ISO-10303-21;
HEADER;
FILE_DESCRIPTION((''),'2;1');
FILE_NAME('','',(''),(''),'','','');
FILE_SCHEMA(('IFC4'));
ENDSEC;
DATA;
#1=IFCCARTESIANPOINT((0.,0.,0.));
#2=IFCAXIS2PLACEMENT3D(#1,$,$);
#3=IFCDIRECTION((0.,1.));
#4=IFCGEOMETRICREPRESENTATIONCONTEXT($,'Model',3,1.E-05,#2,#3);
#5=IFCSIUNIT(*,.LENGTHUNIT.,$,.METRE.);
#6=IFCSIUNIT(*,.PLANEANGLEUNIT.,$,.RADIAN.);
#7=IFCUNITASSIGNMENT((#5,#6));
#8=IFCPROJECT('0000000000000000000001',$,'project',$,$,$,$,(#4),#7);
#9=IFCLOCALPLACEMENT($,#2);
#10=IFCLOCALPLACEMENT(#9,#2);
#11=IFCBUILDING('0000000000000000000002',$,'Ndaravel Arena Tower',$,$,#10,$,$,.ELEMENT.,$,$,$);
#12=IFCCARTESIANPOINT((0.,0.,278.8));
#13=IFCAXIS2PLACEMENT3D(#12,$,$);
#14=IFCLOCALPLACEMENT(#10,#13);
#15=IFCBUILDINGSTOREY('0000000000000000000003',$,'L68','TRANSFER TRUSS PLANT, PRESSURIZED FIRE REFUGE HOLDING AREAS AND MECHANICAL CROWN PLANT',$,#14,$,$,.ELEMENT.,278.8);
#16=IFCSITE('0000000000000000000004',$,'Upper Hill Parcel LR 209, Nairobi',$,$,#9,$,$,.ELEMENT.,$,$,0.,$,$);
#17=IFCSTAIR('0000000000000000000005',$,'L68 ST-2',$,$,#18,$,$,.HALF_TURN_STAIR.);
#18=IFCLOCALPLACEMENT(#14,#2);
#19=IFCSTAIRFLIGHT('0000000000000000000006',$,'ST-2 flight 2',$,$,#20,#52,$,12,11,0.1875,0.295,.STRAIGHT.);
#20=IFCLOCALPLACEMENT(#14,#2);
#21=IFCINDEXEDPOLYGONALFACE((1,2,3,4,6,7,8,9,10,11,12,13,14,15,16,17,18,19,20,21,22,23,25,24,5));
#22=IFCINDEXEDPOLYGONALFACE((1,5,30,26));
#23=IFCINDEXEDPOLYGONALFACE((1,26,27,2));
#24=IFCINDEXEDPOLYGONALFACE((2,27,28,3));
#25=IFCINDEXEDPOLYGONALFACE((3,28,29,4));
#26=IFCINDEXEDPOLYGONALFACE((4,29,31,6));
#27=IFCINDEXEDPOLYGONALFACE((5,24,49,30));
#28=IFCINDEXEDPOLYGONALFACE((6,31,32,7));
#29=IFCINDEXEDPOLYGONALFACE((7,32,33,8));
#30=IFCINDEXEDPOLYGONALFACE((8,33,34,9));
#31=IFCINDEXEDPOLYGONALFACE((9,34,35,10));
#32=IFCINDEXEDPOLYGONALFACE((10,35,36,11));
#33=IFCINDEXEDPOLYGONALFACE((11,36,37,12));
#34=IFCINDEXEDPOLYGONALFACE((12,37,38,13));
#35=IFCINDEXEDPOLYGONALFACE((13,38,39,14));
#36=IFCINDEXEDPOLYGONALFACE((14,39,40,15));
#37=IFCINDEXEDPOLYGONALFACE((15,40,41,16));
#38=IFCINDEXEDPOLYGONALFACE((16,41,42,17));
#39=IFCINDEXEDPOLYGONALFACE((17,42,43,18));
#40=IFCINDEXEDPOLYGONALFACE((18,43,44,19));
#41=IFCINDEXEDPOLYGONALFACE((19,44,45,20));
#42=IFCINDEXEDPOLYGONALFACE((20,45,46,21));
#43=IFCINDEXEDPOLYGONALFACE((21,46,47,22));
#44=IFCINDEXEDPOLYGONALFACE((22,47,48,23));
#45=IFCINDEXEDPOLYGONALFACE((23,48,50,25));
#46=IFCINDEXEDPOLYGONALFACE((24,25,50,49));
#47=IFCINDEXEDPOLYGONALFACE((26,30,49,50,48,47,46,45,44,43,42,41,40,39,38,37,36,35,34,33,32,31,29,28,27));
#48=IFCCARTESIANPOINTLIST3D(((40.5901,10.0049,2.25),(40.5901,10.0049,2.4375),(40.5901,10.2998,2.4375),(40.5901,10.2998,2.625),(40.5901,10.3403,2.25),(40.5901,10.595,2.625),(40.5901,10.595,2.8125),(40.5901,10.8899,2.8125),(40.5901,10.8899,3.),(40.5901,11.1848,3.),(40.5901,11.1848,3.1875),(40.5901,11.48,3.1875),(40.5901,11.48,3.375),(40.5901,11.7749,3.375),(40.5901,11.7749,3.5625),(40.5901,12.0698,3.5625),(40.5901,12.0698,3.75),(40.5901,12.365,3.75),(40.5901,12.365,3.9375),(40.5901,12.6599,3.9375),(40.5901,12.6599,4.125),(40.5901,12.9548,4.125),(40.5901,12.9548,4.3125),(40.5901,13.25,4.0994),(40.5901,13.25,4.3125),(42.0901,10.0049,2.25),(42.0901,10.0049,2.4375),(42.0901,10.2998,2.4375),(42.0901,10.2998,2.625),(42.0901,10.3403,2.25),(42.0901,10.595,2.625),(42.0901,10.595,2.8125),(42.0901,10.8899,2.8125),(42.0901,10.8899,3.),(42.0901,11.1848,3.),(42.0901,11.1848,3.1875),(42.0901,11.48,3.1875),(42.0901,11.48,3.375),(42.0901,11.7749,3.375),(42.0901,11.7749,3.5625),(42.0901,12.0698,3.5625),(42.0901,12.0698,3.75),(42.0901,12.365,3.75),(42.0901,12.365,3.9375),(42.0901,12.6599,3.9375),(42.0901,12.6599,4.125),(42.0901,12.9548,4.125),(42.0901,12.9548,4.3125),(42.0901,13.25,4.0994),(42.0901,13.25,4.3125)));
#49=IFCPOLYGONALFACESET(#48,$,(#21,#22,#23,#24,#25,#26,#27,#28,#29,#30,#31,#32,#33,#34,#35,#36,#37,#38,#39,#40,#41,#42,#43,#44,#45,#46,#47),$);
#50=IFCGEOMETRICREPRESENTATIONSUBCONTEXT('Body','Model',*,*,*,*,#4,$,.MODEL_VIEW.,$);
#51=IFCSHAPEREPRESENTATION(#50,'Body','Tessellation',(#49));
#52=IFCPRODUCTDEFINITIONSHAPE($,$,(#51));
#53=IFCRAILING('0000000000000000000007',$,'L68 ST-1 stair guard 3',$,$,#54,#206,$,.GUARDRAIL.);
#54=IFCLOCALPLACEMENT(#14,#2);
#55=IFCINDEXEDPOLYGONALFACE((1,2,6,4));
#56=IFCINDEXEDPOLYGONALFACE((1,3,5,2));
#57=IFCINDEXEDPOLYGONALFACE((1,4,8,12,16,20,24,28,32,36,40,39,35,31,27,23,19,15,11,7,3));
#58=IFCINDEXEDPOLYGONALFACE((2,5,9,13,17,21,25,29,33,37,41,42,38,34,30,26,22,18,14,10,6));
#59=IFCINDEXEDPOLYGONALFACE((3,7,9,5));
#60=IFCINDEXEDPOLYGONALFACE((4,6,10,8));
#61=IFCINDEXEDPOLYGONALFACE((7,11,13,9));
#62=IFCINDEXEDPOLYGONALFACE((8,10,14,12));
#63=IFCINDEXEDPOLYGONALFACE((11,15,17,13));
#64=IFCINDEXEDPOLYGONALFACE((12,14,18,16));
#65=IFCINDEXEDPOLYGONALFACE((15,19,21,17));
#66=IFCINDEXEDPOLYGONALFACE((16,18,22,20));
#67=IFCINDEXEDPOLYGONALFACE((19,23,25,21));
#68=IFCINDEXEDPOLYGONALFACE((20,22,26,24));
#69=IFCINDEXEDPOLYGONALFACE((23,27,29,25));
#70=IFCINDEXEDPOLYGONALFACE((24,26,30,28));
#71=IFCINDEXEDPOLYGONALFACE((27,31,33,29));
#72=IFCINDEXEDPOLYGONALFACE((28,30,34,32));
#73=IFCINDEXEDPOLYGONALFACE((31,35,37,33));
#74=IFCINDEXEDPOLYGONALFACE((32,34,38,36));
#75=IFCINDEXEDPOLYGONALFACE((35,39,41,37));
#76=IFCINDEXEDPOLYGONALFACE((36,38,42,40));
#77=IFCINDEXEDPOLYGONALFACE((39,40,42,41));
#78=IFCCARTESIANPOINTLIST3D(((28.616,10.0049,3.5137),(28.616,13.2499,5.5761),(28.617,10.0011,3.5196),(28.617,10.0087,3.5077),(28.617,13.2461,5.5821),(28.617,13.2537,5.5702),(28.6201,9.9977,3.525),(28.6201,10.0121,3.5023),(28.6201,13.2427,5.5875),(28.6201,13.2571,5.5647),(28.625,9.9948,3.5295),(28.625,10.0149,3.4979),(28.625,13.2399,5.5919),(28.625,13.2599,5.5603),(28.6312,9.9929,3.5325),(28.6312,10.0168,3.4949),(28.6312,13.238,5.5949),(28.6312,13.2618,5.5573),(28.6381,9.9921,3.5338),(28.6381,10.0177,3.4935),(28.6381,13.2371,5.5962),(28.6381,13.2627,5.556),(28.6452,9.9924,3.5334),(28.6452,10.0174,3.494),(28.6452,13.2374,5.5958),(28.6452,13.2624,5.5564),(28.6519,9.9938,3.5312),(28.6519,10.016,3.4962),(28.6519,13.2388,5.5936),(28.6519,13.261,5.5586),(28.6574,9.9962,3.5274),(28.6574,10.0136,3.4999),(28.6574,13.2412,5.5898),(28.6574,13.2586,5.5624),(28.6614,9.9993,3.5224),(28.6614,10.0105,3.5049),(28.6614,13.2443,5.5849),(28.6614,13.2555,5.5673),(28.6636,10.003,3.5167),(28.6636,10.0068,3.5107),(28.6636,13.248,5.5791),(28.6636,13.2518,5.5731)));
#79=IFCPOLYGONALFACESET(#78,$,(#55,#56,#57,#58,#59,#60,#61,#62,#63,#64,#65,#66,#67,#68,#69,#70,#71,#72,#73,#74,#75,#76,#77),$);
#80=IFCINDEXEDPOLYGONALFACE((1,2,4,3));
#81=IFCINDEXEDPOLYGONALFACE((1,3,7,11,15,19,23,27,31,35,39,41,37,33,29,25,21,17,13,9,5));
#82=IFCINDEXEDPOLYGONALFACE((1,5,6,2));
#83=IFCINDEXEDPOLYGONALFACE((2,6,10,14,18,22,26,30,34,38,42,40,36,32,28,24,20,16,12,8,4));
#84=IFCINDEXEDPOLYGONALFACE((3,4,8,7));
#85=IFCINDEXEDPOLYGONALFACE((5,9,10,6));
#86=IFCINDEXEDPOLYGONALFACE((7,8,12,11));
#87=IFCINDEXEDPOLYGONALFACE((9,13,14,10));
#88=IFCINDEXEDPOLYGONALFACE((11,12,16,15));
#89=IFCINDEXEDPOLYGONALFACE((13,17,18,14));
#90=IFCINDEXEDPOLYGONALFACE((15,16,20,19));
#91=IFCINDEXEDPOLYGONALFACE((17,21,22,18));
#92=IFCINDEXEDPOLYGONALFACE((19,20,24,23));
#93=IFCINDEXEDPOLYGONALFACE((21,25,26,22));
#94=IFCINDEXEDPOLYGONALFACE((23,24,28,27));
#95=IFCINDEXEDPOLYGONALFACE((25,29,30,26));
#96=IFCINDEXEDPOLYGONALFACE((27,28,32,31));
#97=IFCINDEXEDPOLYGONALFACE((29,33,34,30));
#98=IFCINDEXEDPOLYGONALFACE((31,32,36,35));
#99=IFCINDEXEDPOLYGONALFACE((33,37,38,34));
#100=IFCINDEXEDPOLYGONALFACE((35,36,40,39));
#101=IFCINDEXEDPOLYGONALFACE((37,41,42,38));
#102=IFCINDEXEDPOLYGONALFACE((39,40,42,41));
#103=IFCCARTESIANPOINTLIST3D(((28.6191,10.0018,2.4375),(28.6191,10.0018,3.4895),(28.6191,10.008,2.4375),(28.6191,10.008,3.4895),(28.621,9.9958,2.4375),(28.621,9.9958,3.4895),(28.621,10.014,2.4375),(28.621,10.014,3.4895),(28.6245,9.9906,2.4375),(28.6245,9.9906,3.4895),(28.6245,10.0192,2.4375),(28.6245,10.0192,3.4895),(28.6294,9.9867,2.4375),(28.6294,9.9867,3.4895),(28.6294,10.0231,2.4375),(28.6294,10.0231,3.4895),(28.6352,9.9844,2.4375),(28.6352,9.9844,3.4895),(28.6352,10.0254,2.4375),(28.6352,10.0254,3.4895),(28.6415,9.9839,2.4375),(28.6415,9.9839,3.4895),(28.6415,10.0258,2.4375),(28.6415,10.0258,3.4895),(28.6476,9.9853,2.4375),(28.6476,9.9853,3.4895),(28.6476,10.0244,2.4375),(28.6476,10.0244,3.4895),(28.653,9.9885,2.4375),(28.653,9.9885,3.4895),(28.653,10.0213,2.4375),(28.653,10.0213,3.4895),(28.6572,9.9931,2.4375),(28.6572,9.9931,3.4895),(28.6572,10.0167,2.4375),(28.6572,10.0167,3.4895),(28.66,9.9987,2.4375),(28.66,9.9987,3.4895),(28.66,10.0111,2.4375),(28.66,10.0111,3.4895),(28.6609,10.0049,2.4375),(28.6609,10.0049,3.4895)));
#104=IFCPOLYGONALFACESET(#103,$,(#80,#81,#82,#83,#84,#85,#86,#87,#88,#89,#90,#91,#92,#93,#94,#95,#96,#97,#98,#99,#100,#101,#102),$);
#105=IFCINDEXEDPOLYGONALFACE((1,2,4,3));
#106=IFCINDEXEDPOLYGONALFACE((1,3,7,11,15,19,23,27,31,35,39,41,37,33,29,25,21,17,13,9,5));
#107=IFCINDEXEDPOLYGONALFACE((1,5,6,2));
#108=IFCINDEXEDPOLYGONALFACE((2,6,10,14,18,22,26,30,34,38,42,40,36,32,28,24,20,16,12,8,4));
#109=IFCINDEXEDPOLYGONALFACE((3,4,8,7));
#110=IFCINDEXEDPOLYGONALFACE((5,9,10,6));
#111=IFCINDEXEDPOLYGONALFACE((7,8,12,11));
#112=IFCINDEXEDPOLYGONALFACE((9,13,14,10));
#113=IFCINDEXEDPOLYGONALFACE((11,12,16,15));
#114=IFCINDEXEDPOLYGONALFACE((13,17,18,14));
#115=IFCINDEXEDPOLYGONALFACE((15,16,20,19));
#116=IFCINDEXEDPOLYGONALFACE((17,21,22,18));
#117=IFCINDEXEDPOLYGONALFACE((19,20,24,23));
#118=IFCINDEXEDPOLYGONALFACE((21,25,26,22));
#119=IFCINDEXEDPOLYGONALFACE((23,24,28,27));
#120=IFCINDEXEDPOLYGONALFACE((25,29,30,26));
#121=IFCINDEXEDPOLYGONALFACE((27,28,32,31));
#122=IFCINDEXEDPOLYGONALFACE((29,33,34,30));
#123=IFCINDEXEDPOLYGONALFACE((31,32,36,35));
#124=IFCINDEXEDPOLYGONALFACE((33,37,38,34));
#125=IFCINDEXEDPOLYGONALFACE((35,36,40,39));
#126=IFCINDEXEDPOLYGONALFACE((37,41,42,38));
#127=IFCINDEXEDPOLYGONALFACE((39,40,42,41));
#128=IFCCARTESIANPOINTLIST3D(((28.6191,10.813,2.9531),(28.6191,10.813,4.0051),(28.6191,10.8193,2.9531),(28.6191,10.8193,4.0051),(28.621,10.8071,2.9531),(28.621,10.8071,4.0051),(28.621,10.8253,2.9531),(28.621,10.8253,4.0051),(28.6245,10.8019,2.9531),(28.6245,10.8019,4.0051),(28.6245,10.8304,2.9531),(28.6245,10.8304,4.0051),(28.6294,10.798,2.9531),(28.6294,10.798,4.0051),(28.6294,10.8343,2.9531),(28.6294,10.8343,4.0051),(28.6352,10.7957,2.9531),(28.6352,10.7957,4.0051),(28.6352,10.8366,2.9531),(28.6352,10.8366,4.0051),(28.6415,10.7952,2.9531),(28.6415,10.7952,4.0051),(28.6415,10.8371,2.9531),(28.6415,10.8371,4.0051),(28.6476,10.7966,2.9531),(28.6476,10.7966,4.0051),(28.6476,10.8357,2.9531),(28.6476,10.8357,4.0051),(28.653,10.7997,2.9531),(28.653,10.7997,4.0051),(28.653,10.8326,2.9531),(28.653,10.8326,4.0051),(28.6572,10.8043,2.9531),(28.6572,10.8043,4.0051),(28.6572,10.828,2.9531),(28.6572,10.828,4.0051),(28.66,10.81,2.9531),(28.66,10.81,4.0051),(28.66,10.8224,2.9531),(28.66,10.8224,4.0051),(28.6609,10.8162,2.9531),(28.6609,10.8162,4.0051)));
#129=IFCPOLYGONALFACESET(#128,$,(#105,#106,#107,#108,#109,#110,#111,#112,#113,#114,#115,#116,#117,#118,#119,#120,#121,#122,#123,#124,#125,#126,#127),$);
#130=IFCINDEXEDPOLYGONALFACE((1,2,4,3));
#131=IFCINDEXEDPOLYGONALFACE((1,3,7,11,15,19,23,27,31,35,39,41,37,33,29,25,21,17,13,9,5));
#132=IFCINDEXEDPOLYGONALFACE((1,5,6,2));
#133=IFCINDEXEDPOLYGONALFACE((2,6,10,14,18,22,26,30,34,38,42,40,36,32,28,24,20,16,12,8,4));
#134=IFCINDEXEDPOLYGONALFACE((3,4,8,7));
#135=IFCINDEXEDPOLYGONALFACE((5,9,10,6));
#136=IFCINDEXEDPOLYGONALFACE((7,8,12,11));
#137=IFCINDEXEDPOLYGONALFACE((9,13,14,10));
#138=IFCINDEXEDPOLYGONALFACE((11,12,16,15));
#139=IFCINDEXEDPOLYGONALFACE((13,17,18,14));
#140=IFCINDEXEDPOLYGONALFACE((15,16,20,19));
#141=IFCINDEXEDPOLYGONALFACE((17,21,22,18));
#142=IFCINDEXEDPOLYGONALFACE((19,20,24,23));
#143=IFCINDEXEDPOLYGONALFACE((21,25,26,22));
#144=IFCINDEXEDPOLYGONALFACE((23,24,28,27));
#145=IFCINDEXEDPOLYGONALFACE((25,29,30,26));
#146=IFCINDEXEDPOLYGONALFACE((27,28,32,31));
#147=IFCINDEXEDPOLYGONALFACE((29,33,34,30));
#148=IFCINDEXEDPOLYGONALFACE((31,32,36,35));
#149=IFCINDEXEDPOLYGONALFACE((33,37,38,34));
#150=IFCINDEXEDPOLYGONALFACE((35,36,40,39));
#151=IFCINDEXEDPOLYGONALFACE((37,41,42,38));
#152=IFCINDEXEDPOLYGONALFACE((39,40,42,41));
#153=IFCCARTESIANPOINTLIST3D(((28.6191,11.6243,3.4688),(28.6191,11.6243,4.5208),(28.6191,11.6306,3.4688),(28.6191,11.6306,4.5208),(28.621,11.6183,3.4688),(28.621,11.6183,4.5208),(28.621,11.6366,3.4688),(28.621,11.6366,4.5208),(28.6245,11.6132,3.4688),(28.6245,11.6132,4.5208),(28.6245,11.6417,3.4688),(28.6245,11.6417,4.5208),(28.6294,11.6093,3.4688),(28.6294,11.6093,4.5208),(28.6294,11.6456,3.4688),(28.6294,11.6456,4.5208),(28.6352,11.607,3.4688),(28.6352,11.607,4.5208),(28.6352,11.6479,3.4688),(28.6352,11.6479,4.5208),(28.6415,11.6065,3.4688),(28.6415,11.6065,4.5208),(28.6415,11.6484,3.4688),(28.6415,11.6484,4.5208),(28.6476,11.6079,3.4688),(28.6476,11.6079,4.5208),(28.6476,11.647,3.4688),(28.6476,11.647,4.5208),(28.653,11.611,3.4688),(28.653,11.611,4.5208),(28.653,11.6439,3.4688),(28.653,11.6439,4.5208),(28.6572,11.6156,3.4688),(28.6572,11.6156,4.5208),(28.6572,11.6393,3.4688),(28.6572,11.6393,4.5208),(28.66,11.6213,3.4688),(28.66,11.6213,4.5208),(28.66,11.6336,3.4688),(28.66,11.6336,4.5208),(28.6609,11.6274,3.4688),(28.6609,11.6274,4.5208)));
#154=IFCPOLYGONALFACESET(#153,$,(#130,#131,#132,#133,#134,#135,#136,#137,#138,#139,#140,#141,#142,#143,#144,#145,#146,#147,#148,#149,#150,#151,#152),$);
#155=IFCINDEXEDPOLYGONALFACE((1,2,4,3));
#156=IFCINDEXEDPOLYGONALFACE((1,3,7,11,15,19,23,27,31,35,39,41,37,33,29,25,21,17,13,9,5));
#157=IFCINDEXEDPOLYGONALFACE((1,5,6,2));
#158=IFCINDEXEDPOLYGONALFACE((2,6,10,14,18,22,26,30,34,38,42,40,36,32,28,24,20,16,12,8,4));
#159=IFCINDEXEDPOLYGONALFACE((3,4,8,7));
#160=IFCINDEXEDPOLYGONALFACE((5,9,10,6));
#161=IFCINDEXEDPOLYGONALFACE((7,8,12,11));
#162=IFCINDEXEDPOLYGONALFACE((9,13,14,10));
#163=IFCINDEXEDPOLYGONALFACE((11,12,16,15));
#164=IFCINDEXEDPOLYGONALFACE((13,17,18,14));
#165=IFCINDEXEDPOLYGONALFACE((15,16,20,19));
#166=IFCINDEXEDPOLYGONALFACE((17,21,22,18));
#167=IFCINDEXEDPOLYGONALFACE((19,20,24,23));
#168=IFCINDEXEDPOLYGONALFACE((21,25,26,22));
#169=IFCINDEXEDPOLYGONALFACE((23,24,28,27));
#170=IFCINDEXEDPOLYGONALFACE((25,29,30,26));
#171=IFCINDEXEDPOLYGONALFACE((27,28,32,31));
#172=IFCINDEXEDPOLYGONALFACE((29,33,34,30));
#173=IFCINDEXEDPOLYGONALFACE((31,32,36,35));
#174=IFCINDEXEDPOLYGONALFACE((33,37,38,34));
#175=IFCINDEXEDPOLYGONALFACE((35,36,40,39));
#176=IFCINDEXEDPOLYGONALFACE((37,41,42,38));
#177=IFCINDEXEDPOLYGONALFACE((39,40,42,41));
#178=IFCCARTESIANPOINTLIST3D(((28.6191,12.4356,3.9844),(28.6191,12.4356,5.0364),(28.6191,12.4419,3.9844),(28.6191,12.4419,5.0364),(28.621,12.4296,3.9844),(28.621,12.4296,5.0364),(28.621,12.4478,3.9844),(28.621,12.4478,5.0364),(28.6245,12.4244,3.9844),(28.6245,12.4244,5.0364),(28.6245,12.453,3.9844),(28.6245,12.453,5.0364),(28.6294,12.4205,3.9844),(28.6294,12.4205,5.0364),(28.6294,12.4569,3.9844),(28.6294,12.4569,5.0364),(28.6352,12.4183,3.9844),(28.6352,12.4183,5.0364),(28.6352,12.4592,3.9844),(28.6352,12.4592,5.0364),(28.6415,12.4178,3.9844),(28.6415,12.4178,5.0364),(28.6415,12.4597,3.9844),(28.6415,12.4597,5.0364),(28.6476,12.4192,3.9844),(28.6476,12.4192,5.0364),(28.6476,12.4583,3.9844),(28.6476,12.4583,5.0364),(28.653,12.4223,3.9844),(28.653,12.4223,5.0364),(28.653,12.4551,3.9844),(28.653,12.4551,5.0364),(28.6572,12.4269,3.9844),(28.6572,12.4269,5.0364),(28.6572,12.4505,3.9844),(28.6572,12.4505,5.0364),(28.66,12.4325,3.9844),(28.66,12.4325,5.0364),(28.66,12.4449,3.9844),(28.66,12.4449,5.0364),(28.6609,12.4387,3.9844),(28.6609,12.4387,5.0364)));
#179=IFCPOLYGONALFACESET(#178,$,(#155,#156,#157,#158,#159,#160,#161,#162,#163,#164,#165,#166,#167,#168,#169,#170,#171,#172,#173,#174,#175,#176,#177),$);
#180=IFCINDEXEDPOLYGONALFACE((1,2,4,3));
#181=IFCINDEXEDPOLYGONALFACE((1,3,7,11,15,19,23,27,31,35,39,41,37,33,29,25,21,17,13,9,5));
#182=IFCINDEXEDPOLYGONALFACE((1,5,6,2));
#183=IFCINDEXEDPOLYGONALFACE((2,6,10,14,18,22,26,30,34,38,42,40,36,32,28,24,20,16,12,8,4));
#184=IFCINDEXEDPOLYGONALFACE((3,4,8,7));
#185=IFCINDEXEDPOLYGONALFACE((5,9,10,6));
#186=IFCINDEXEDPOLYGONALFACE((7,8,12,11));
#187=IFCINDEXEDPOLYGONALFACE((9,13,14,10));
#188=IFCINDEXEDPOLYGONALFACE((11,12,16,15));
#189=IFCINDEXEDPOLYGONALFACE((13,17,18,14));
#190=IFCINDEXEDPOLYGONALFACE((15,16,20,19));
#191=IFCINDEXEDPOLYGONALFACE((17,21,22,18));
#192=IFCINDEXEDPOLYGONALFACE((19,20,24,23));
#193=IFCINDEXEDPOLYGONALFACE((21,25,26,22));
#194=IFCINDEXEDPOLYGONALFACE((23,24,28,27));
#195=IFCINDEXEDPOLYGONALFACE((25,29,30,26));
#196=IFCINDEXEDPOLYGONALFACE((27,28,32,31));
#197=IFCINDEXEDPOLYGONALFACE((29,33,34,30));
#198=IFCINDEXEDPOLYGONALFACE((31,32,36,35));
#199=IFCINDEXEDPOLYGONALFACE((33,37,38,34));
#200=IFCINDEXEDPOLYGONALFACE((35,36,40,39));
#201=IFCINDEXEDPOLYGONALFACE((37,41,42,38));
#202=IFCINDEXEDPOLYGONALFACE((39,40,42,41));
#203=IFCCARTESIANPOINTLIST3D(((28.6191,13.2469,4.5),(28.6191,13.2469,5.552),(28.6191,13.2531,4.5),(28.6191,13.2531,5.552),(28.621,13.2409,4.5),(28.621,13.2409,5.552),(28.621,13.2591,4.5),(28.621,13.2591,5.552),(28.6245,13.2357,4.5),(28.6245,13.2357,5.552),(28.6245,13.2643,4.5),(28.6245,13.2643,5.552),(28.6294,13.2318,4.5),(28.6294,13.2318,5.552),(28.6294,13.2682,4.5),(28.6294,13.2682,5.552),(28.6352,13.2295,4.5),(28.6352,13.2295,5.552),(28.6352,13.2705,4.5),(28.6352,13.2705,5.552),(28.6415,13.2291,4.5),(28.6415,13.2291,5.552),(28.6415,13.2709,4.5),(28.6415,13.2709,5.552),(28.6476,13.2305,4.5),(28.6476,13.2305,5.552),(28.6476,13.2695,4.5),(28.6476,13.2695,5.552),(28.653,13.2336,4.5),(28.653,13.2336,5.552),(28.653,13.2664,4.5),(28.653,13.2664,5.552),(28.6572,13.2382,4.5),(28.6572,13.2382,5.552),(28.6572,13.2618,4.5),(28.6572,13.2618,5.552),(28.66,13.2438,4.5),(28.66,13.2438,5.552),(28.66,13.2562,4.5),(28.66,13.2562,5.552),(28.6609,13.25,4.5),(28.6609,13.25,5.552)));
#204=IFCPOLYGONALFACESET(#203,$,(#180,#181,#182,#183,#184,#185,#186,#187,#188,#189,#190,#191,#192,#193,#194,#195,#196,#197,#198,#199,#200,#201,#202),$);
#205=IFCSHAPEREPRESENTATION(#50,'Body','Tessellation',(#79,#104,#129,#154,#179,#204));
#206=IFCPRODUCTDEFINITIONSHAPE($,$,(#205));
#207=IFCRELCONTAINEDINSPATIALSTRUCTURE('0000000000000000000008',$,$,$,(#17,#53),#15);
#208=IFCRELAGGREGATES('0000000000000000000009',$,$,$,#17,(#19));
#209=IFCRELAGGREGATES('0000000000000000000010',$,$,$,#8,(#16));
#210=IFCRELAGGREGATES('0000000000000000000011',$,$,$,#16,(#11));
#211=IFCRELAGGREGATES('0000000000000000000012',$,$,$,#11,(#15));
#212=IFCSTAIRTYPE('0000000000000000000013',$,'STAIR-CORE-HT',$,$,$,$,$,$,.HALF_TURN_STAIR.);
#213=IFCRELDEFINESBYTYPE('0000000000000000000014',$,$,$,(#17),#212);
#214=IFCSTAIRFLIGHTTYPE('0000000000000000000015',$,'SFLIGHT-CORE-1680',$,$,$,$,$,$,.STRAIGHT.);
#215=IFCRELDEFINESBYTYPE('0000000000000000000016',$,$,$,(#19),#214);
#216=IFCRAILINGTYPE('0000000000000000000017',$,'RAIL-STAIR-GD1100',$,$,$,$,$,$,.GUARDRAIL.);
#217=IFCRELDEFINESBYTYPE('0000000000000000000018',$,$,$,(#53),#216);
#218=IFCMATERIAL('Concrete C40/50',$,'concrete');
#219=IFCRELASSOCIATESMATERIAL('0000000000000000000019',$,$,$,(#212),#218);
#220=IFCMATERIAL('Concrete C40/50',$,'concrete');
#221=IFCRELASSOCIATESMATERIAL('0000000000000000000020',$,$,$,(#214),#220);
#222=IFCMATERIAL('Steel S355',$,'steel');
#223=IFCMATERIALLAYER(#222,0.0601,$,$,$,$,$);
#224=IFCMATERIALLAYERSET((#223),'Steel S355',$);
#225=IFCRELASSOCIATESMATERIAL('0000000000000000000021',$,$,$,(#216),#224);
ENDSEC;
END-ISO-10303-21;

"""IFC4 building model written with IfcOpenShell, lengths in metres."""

from ifc_helpers import new_model, si_unit, direction, frame, origin, origin_2d, place, context, subcontext, project, spatial, polyline, circle, outline, extrude, material, layer, layer_set, type_object, element, aggregate, save


model = new_model("IFC4")

# Units and contexts
model_context = context("Model", 3, precision=1e-05, world=origin(), true_north=direction((0.0, 1.0)))
body_context = subcontext(model_context, "Body", "Model", "MODEL_VIEW")
ifc_project = project(units=[si_unit("LENGTHUNIT", "METRE"), si_unit("PLANEANGLEUNIT", "RADIAN")], contexts=[model_context])

# Site, building, storey
site_placement = place(None, origin())
site = spatial("IfcSite", under=ifc_project, at=site_placement, Name="Upper Hill Parcel LR 209, Nairobi", CompositionType="ELEMENT", RefElevation=0.0)
building_placement = place(site_placement, origin())
building = spatial("IfcBuilding", under=site, at=building_placement, Name="Ndaravel Arena Tower", CompositionType="ELEMENT")
storey_placement = place(building_placement, frame((0.0, 0.0, 278.8)))
storey = spatial("IfcBuildingStorey", under=building, at=storey_placement, Name="L68", Description="TRANSFER TRUSS PLANT, PRESSURIZED FIRE REFUGE HOLDING AREAS AND MECHANICAL CROWN PLANT", CompositionType="ELEMENT", Elevation=278.8)

# Stair, stair flight
ifc_material_1 = material(Name="Concrete C40/50", Category="concrete")
stair_type = type_object("IfcStairType", Name="STAIR-CORE-HT", PredefinedType="HALF_TURN_STAIR", material=ifc_material_1)
ifc_material_2 = material(Name="Concrete C40/50", Category="concrete")
stair_flight_type = type_object("IfcStairFlightType", Name="SFLIGHT-CORE-1680", PredefinedType="STRAIGHT", material=ifc_material_2)
stair_1_placement = place(storey_placement, origin())
stair_1 = element("IfcStair", 1, at=stair_1_placement, inside=storey, type_object=stair_type, Name="L68 ST-2", PredefinedType="HALF_TURN_STAIR")
stair_flight_1_placement = place(storey_placement, frame((41.3401, 10.0049, 2.25), z_axis=(0.0, 0.0, 1.0), x_axis=(0.0, 1.0, 0.0)))
stair_flight_1 = element("IfcStairFlight", 2, at=stair_flight_1_placement, type_object=stair_flight_type, Name="ST-2 flight 2", NumberOfRisers=12, NumberOfTreads=11, PredefinedType="STRAIGHT", RiserHeight=0.1875, TreadLength=0.295, context=body_context, shape_type="SweptSolid", body=[
    extrude(outline(polyline([(0.0, 0.0), (0.0, 0.1875), (0.2949, 0.1875), (0.2949, 0.375), (0.5901, 0.375), (0.5901, 0.5625), (0.885, 0.5625), (0.885, 0.75), (1.1799, 0.75), (1.1799, 0.9375), (1.4751, 0.9375), (1.4751, 1.125), (1.77, 1.125), (1.77, 1.3125), (2.0649, 1.3125), (2.0649, 1.5), (2.3601, 1.5), (2.3601, 1.6875), (2.655, 1.6875), (2.655, 1.875), (2.95, 1.875), (2.95, 2.0625), (3.2451, 2.0625), (3.2451, 2.25), (3.2451, 1.8494), (0.3354, 0.0), (0.0, 0.0)])), frame((0.0, 0.75, 0.0), z_axis=(0.0, -1.0, 0.0), x_axis=(1.0, 0.0, 0.0)), (0.0, 0.0, 1.0), 1.5),
])
aggregate(stair_1, [stair_flight_1])

# Railing
ifc_material_3 = material(Name="Steel S355", Category="steel")
ifc_layer_1 = layer(ifc_material_3, 0.0601)
ifc_layer_set_1 = layer_set([ifc_layer_1], Name="Steel S355")
railing_type_1 = type_object("IfcRailingType", Name="RAIL-STAIR-GD1100", PredefinedType="GUARDRAIL", material=ifc_layer_set_1)
railing_1_placement = place(storey_placement, frame((28.6399, 10.0049, 2.4375)))
element("IfcRailing", 3, at=railing_1_placement, inside=storey, type_object=railing_type_1, Name="L68 ST-1 stair guard 3", PredefinedType="GUARDRAIL", context=body_context, shape_type="SweptSolid", body=[
    extrude(circle(Radius=0.0239, at=origin_2d()), frame((0.0, 0.0, 1.0762), z_axis=(0.0, 0.843965, 0.536399), x_axis=(-1.0, 0.0, 0.0)), (0.0, 0.0, 1.0), 3.845),
    extrude(circle(Radius=0.021, at=origin_2d()), origin(), (0.0, 0.0, 1.0), 1.052),
    extrude(circle(Radius=0.021, at=origin_2d()), frame((0.0, 0.8113, 0.5156)), (0.0, 0.0, 1.0), 1.052),
    extrude(circle(Radius=0.021, at=origin_2d()), frame((0.0, 1.6226, 1.0312)), (0.0, 0.0, 1.0), 1.052),
    extrude(circle(Radius=0.021, at=origin_2d()), frame((0.0, 2.4338, 1.5469)), (0.0, 0.0, 1.0), 1.052),
    extrude(circle(Radius=0.021, at=origin_2d()), frame((0.0, 3.2451, 2.0625)), (0.0, 0.0, 1.0), 1.052),
])

save(model, "model.ifc")
